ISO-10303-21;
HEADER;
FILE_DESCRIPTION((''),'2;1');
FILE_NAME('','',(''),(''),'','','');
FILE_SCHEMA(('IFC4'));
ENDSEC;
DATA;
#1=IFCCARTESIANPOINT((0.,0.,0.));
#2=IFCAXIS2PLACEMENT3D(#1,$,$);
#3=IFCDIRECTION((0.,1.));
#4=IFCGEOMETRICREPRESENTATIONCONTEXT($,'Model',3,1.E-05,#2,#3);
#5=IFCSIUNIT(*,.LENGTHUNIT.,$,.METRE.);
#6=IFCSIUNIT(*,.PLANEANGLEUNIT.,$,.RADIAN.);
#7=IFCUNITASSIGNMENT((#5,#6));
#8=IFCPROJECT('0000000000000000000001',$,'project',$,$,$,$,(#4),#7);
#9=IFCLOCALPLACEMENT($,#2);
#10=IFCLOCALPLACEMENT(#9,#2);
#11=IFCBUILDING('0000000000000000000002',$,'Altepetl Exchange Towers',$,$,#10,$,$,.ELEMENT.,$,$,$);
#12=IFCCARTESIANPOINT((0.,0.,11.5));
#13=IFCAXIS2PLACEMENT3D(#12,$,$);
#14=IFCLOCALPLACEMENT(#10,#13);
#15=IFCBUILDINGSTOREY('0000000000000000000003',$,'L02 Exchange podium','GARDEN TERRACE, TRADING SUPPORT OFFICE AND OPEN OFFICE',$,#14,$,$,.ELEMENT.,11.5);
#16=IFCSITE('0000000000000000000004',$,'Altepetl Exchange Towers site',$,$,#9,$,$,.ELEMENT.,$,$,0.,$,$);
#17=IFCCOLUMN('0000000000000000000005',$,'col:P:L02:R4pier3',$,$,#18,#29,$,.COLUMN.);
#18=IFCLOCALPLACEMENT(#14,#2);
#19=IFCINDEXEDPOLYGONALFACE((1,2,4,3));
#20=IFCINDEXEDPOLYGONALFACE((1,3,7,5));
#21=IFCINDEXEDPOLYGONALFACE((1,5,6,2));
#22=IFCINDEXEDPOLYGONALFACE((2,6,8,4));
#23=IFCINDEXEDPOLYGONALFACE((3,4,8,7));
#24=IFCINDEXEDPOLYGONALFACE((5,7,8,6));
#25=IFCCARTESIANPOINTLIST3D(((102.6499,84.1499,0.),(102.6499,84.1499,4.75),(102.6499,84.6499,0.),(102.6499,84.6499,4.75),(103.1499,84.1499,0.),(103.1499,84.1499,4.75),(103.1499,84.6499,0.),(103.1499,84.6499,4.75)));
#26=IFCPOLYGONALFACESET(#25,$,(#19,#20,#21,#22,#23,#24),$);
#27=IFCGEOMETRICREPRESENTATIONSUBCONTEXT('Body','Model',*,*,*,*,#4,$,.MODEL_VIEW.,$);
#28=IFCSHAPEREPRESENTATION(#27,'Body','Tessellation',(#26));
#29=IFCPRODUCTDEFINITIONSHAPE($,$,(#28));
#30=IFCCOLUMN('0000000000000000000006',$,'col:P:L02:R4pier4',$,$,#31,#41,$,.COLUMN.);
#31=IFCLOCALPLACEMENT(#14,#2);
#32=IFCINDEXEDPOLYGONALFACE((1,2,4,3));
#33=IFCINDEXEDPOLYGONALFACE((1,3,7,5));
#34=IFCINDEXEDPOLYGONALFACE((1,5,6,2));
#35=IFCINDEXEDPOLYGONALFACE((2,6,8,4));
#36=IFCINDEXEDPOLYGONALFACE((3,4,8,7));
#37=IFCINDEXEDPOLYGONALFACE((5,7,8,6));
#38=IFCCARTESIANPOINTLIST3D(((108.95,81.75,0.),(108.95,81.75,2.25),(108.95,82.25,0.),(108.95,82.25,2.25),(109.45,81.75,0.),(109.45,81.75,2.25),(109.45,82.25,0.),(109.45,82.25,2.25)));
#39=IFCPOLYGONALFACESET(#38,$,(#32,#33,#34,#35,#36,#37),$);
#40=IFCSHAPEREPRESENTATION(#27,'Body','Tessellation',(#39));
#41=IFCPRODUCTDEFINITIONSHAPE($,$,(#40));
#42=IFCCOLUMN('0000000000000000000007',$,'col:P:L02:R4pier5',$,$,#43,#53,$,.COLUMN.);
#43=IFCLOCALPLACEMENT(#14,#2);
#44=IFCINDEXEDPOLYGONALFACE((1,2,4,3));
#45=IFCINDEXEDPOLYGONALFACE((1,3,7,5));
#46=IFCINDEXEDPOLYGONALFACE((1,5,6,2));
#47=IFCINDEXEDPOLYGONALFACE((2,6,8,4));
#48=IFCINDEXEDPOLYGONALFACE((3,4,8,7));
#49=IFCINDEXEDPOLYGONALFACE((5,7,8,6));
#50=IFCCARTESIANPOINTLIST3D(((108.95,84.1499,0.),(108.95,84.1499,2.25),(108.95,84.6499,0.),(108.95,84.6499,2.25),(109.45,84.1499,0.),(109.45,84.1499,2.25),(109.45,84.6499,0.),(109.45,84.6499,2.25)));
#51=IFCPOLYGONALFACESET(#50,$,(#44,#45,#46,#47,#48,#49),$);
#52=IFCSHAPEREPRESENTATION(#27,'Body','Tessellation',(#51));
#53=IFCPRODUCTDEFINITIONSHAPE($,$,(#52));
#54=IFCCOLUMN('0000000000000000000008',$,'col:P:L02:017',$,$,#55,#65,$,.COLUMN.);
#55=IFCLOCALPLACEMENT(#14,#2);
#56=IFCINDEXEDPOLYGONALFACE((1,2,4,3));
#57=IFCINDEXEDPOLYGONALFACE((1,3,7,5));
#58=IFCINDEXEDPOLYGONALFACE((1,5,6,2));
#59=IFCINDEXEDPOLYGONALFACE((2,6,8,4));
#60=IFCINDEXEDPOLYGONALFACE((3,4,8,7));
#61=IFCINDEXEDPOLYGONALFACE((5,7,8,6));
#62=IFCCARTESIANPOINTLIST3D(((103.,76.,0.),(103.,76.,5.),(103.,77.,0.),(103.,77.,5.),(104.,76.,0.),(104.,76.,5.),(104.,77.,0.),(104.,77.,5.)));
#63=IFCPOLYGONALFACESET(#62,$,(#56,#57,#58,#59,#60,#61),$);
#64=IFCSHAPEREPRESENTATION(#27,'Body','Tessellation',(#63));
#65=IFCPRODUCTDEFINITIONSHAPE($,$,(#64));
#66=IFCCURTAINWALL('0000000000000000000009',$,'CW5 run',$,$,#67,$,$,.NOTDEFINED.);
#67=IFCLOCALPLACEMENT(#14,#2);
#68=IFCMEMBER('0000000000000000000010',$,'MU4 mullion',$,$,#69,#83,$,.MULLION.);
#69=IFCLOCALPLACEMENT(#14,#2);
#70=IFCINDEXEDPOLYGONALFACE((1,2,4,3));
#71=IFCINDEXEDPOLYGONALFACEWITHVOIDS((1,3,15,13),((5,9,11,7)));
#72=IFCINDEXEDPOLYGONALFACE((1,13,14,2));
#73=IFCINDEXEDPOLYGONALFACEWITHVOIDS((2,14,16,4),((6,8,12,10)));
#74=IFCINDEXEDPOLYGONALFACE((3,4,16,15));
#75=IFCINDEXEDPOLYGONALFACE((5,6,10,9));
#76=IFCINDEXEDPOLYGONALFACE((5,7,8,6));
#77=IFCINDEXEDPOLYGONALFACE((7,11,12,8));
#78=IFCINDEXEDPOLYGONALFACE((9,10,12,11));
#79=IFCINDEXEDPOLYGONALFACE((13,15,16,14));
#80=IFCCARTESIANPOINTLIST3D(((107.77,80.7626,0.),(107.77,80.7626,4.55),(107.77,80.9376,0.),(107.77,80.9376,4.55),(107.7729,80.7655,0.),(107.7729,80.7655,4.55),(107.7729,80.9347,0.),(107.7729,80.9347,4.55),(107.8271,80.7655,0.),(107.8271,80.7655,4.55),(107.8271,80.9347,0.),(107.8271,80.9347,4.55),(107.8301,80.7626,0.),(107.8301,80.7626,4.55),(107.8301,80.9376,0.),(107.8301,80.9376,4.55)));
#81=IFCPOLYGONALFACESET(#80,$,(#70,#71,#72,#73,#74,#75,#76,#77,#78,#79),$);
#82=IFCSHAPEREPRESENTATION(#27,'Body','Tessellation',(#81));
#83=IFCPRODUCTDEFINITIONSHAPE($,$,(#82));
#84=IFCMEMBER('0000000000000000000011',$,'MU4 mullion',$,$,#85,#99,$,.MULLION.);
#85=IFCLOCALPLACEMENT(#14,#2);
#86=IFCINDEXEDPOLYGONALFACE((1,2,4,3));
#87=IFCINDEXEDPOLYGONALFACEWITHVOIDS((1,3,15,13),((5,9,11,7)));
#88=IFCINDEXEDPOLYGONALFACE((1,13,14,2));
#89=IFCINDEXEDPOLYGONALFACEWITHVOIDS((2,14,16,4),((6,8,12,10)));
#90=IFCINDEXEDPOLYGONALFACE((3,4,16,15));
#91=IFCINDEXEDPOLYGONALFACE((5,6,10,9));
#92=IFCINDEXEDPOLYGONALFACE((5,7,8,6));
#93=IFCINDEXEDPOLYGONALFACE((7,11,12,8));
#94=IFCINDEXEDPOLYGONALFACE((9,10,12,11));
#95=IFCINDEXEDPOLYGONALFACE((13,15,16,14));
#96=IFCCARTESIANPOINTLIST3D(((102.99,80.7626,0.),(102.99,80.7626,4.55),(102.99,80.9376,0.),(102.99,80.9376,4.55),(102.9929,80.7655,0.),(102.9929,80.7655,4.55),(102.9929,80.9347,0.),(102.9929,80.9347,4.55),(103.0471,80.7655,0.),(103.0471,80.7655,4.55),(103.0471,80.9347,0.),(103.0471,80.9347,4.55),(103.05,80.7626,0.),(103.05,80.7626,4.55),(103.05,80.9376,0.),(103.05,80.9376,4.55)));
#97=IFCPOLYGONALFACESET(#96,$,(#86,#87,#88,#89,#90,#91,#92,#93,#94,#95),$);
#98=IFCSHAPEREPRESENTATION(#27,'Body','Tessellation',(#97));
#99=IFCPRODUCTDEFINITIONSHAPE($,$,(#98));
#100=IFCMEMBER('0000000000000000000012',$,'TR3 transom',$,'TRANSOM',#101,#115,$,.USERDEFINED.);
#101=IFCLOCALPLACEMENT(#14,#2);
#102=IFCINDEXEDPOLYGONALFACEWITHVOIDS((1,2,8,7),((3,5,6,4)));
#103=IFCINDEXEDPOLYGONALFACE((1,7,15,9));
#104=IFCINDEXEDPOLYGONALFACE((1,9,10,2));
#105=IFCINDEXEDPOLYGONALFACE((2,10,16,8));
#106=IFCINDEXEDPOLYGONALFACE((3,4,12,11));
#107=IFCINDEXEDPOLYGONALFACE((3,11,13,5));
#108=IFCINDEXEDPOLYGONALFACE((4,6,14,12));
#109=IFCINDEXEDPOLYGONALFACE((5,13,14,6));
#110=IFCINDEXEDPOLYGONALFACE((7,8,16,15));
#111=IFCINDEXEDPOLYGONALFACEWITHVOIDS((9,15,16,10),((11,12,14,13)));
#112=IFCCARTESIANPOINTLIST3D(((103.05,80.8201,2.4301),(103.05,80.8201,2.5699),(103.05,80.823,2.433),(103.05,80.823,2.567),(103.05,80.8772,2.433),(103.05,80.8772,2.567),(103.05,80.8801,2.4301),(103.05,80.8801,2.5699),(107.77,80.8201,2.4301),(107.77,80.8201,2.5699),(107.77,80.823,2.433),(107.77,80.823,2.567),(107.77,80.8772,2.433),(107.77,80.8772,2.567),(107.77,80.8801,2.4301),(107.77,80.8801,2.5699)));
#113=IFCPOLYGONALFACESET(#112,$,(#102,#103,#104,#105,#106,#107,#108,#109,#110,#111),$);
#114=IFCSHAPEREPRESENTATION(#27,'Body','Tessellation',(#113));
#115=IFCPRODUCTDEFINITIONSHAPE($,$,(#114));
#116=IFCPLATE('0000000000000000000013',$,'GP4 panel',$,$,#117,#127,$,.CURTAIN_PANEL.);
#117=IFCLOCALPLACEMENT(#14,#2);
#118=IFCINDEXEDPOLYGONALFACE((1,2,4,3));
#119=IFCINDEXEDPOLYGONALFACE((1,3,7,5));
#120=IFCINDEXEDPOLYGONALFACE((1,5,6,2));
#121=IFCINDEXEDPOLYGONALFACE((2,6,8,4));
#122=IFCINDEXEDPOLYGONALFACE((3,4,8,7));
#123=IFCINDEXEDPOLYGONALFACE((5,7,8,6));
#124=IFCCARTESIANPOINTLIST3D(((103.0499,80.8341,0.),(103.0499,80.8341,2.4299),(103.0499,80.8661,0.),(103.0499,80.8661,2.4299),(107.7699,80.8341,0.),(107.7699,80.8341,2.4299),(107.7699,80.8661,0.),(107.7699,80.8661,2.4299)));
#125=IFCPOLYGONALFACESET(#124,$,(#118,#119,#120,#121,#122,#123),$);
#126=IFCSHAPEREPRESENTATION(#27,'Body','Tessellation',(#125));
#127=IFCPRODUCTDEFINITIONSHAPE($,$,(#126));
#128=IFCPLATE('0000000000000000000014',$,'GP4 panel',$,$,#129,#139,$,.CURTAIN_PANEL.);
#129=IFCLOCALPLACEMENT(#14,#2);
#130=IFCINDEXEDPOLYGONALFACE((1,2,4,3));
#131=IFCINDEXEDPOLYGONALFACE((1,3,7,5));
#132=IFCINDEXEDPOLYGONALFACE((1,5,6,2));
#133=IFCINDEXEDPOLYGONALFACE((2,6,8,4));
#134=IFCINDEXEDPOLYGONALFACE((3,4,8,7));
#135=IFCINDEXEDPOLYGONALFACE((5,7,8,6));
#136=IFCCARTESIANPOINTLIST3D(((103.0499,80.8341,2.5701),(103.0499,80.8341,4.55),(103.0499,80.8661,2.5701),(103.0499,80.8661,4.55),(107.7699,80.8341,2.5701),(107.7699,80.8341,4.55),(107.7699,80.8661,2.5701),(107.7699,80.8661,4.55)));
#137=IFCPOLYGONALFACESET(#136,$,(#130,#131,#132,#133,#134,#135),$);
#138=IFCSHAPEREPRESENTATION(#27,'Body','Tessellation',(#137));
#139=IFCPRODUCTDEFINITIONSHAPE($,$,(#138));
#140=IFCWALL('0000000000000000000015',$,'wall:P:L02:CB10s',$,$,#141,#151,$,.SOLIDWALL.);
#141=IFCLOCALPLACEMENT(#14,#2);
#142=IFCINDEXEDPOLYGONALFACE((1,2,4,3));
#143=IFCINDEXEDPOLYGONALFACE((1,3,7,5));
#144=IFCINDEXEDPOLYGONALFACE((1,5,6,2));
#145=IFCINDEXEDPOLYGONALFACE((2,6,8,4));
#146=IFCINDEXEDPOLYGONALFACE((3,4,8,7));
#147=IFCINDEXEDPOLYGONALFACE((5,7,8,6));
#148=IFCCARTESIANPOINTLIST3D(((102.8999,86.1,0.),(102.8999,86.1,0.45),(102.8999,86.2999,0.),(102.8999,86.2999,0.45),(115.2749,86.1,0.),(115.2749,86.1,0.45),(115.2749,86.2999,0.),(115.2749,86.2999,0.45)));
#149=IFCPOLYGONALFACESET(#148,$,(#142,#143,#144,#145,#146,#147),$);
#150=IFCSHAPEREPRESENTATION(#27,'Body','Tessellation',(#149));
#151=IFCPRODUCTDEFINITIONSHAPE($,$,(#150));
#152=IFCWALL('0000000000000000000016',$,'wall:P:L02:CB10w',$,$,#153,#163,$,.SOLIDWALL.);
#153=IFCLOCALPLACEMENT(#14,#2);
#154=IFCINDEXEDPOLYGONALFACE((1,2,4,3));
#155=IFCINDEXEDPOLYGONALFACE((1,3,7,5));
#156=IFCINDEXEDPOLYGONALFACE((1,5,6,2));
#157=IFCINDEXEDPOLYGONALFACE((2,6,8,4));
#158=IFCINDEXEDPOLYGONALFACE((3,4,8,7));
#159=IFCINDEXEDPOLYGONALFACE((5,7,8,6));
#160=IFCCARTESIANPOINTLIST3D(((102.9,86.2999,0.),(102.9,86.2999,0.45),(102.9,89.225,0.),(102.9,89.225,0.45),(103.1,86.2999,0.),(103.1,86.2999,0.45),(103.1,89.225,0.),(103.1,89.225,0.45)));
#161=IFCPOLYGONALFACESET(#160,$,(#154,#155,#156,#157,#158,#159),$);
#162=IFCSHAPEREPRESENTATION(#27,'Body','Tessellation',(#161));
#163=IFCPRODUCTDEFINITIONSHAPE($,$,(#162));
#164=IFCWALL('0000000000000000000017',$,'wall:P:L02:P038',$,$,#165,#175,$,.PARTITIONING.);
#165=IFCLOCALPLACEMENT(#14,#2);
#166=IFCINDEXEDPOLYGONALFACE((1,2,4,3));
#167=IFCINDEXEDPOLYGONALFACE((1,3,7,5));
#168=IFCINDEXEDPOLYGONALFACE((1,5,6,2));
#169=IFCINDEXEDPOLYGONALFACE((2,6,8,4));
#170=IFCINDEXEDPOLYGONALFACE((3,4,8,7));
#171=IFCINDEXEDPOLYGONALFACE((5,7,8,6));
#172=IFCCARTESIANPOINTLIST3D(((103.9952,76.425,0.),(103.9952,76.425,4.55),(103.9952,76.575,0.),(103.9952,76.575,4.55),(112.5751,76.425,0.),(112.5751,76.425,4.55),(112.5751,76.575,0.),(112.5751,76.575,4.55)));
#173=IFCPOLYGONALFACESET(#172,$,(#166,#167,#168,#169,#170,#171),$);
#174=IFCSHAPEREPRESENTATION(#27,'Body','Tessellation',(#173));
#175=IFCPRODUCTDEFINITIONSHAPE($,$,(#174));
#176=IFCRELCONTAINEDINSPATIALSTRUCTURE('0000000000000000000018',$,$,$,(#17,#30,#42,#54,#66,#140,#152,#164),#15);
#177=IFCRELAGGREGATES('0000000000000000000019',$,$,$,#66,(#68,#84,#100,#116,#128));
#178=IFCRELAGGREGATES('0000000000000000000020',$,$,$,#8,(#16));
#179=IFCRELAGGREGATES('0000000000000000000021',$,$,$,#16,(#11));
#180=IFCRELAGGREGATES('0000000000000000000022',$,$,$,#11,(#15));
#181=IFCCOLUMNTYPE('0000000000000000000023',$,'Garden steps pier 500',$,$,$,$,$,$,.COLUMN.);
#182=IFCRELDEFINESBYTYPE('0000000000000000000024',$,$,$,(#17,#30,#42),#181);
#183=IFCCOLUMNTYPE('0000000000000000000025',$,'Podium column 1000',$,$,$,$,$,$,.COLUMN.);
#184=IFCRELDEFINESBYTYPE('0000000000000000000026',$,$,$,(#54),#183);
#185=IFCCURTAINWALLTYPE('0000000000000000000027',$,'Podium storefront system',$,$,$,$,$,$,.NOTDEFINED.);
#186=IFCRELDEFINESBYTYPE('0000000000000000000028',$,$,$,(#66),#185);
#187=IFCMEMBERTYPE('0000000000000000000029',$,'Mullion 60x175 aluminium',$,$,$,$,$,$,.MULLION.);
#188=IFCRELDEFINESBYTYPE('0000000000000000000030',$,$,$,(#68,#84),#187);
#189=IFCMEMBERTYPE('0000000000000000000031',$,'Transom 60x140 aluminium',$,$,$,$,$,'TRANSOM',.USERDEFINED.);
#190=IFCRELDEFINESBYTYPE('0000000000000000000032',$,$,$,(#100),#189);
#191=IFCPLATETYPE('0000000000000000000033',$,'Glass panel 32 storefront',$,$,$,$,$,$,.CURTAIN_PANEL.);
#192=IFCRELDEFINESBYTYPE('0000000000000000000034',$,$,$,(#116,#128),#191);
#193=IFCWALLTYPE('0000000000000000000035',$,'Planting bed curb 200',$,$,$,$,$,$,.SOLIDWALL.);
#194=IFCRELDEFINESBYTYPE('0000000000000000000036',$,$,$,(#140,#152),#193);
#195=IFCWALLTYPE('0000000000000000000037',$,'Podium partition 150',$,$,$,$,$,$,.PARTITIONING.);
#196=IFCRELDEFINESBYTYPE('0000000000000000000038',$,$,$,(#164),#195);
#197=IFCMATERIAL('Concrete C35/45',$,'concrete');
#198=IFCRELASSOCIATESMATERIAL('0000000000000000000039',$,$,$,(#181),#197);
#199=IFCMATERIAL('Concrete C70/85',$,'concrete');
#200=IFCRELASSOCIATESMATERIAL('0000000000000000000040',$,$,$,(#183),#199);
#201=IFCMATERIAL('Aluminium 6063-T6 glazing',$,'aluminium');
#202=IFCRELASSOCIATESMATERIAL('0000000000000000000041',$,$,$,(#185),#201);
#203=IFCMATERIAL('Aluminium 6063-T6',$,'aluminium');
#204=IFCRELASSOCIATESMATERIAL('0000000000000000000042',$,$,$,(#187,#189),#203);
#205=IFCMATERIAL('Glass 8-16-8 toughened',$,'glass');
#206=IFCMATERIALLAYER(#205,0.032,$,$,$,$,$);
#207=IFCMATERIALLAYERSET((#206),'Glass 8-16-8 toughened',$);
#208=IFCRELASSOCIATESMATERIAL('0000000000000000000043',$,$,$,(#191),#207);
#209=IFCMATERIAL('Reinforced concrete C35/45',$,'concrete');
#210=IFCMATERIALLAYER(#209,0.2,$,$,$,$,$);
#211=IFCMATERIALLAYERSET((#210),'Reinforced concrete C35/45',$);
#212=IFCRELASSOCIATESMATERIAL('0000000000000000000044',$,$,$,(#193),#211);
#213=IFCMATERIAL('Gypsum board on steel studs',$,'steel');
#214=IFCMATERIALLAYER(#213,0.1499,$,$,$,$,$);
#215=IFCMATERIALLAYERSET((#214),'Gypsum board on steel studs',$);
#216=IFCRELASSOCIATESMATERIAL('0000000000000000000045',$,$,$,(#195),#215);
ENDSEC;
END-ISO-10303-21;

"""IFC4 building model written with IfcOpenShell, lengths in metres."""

from ifc_helpers import new_model, si_unit, direction, frame, frame_2d, origin, origin_2d, place, context, subcontext, project, spatial, rectangle, hollow_rectangle, extrude, material, layer, layer_set, material_profile, profile_set, type_object, element, aggregate, save


model = new_model("IFC4")

# Units and contexts
model_context = context("Model", 3, precision=1e-05, world=origin(), true_north=direction((0.0, 1.0)))
body_context = subcontext(model_context, "Body", "Model", "MODEL_VIEW")
ifc_project = project(units=[si_unit("LENGTHUNIT", "METRE"), si_unit("PLANEANGLEUNIT", "RADIAN")], contexts=[model_context])

# Site, building, storey
site_placement = place(None, origin())
site = spatial("IfcSite", under=ifc_project, at=site_placement, Name="Altepetl Exchange Towers site", CompositionType="ELEMENT", RefElevation=0.0)
building_placement = place(site_placement, origin())
building = spatial("IfcBuilding", under=site, at=building_placement, Name="Altepetl Exchange Towers", CompositionType="ELEMENT")
storey_placement = place(building_placement, frame((0.0, 0.0, 11.5)))
storey = spatial("IfcBuildingStorey", under=building, at=storey_placement, Name="L02 Exchange podium", Description="GARDEN TERRACE, TRADING SUPPORT OFFICE AND OPEN OFFICE", CompositionType="ELEMENT", Elevation=11.5)

# Columns
ifc_material_1 = material(Name="Concrete C35/45", Category="concrete")
ifc_material_profile_1 = material_profile(ifc_material_1, rectangle(XDim=0.5, YDim=0.5, at=origin_2d()), Name="500 x 500")
ifc_profile_set_1 = profile_set([ifc_material_profile_1], Name="Concrete C35/45")
column_type_1 = type_object("IfcColumnType", Name="Garden steps pier 500", PredefinedType="COLUMN", material=ifc_profile_set_1)
column_1_placement = place(storey_placement, frame((102.8999, 84.3999, 0.0)))
element("IfcColumn", 1, at=column_1_placement, inside=storey, type_object=column_type_1, Name="col:P:L02:R4pier3", PredefinedType="COLUMN", context=body_context, shape_type="SweptSolid", body=[
    extrude(rectangle(XDim=0.5, YDim=0.5, at=origin_2d()), origin(), (0.0, 0.0, 1.0), 4.75),
])
for number, where, name in (
    (2, (109.2, 82.0, 0.0), "col:P:L02:R4pier4"),
    (3, (109.2, 84.3999, 0.0), "col:P:L02:R4pier5"),
):
    element("IfcColumn", number, at=place(storey_placement, frame(where)), inside=storey, type_object=column_type_1, Name=name, PredefinedType="COLUMN", context=body_context, shape_type="SweptSolid", body=[
        extrude(rectangle(XDim=0.5, YDim=0.5, at=origin_2d()), origin(), (0.0, 0.0, 1.0), 2.25),
    ])
ifc_material_2 = material(Name="Concrete C70/85", Category="concrete")
ifc_material_profile_2 = material_profile(ifc_material_2, rectangle(XDim=1.0, YDim=1.0, at=origin_2d()), Name="1000 x 1000")
ifc_profile_set_2 = profile_set([ifc_material_profile_2], Name="Concrete C70/85")
column_type_2 = type_object("IfcColumnType", Name="Podium column 1000", PredefinedType="COLUMN", material=ifc_profile_set_2)
column_2_placement = place(storey_placement, frame((103.5, 76.5, 0.0)))
element("IfcColumn", 4, at=column_2_placement, inside=storey, type_object=column_type_2, Name="col:P:L02:017", PredefinedType="COLUMN", context=body_context, shape_type="SweptSolid", body=[
    extrude(rectangle(XDim=1.0, YDim=1.0, at=origin_2d()), origin(), (0.0, 0.0, 1.0), 5.0),
])

# Curtain wall, members, plates
ifc_material_3 = material(Name="Aluminium 6063-T6 glazing", Category="aluminium")
curtain_wall_type = type_object("IfcCurtainWallType", Name="Podium storefront system", PredefinedType="NOTDEFINED", material=ifc_material_3)
curtain_wall_placement = place(storey_placement, origin())
curtain_wall = element("IfcCurtainWall", 5, at=curtain_wall_placement, inside=storey, type_object=curtain_wall_type, Name="CW5 run", PredefinedType="NOTDEFINED")
ifc_material_4 = material(Name="Aluminium 6063-T6", Category="aluminium")
ifc_material_profile_3 = material_profile(ifc_material_4, hollow_rectangle(XDim=0.0601, YDim=0.175, WallThickness=0.0029, at=origin_2d()), Name="Mullion 60x175 aluminium")
ifc_profile_set_3 = profile_set([ifc_material_profile_3], Name="Aluminium 6063-T6")
member_type_1 = type_object("IfcMemberType", Name="Mullion 60x175 aluminium", PredefinedType="MULLION", material=ifc_profile_set_3)
member_1_placement = place(storey_placement, frame((107.8, 80.8501, 0.0), z_axis=(0.0, 0.0, 1.0), x_axis=(-1.0, 0.0, 0.0)))
member_1 = element("IfcMember", 6, at=member_1_placement, type_object=member_type_1, Name="MU4 mullion", PredefinedType="MULLION", context=body_context, shape_type="SweptSolid", body=[
    extrude(hollow_rectangle(XDim=0.0601, YDim=0.175, WallThickness=0.0029, at=origin_2d()), origin(), (0.0, 0.0, 1.0), 4.55),
])
member_2_placement = place(storey_placement, frame((103.02, 80.8501, 0.0), z_axis=(0.0, 0.0, 1.0), x_axis=(-1.0, 0.0, 0.0)))
member_2 = element("IfcMember", 7, at=member_2_placement, type_object=member_type_1, Name="MU4 mullion", PredefinedType="MULLION", context=body_context, shape_type="SweptSolid", body=[
    extrude(hollow_rectangle(XDim=0.0601, YDim=0.175, WallThickness=0.0029, at=origin_2d()), origin(), (0.0, 0.0, 1.0), 4.55),
])
ifc_material_profile_4 = material_profile(ifc_material_4, hollow_rectangle(XDim=0.0601, YDim=0.1399, WallThickness=0.0029, at=origin_2d()), Name="Transom 60x140 aluminium")
ifc_profile_set_4 = profile_set([ifc_material_profile_4], Name="Aluminium 6063-T6")
member_type_2 = type_object("IfcMemberType", Name="Transom 60x140 aluminium", ElementType="TRANSOM", PredefinedType="USERDEFINED", material=ifc_profile_set_4)
member_3_placement = place(storey_placement, frame((107.77, 80.8501, 2.5), z_axis=(-1.0, 0.0, 0.0), x_axis=(0.0, -1.0, 0.0)))
member_3 = element("IfcMember", 8, at=member_3_placement, type_object=member_type_2, Name="TR3 transom", ObjectType="TRANSOM", PredefinedType="USERDEFINED", context=body_context, shape_type="SweptSolid", body=[
    extrude(hollow_rectangle(XDim=0.0601, YDim=0.1399, WallThickness=0.0029, at=origin_2d()), origin(), (0.0, 0.0, 1.0), 4.72),
])
ifc_material_5 = material(Name="Glass 8-16-8 toughened", Category="glass")
ifc_layer_1 = layer(ifc_material_5, 0.032)
ifc_layer_set_1 = layer_set([ifc_layer_1], Name="Glass 8-16-8 toughened")
plate_type = type_object("IfcPlateType", Name="Glass panel 32 storefront", PredefinedType="CURTAIN_PANEL", material=ifc_layer_set_1)
plate_1_placement = place(storey_placement, frame((105.4099, 80.8501, 0.0), z_axis=(0.0, 0.0, 1.0), x_axis=(-1.0, 0.0, 0.0)))
plate_1 = element("IfcPlate", 9, at=plate_1_placement, type_object=plate_type, Name="GP4 panel", PredefinedType="CURTAIN_PANEL", context=body_context, shape_type="SweptSolid", body=[
    extrude(rectangle(XDim=4.72, YDim=0.032, at=origin_2d()), origin(), (0.0, 0.0, 1.0), 2.4299),
])
plate_2_placement = place(storey_placement, frame((105.4099, 80.8501, 2.5701), z_axis=(0.0, 0.0, 1.0), x_axis=(-1.0, 0.0, 0.0)))
plate_2 = element("IfcPlate", 10, at=plate_2_placement, type_object=plate_type, Name="GP4 panel", PredefinedType="CURTAIN_PANEL", context=body_context, shape_type="SweptSolid", body=[
    extrude(rectangle(XDim=4.72, YDim=0.032, at=origin_2d()), origin(), (0.0, 0.0, 1.0), 1.98),
])
aggregate(curtain_wall, [member_1, member_2, member_3, plate_1, plate_2])

# Walls
ifc_material_6 = material(Name="Reinforced concrete C35/45", Category="concrete")
ifc_layer_2 = layer(ifc_material_6, 0.2)
ifc_layer_set_2 = layer_set([ifc_layer_2], Name="Reinforced concrete C35/45")
wall_type_1 = type_object("IfcWallType", Name="Planting bed curb 200", PredefinedType="SOLIDWALL", material=ifc_layer_set_2)
wall_1_placement = place(storey_placement, frame((102.8999, 86.2, 0.0)))
element("IfcWall", 11, at=wall_1_placement, inside=storey, type_object=wall_type_1, Name="wall:P:L02:CB10s", PredefinedType="SOLIDWALL", context=body_context, shape_type="SweptSolid", body=[
    extrude(rectangle(XDim=12.375, YDim=0.2, at=frame_2d((6.1875, 0.0))), origin(), (0.0, 0.0, 1.0), 0.45),
])
wall_2_placement = place(storey_placement, frame((103.0, 86.3, 0.0), z_axis=(0.0, 0.0, 1.0), x_axis=(0.0, 1.0, 0.0)))
element("IfcWall", 12, at=wall_2_placement, inside=storey, type_object=wall_type_1, Name="wall:P:L02:CB10w", PredefinedType="SOLIDWALL", context=body_context, shape_type="SweptSolid", body=[
    extrude(rectangle(XDim=2.925, YDim=0.2, at=frame_2d((1.4624, 0.0))), origin(), (0.0, 0.0, 1.0), 0.45),
])
ifc_material_7 = material(Name="Gypsum board on steel studs", Category="steel")
ifc_layer_3 = layer(ifc_material_7, 0.1499)
ifc_layer_set_3 = layer_set([ifc_layer_3], Name="Gypsum board on steel studs")
wall_type_2 = type_object("IfcWallType", Name="Podium partition 150", PredefinedType="PARTITIONING", material=ifc_layer_set_3)
wall_3_placement = place(storey_placement, frame((103.9951, 76.5, 0.0)))
element("IfcWall", 13, at=wall_3_placement, inside=storey, type_object=wall_type_2, Name="wall:P:L02:P038", PredefinedType="PARTITIONING", context=body_context, shape_type="SweptSolid", body=[
    extrude(rectangle(XDim=8.5798, YDim=0.1499, at=frame_2d((4.29, 0.0))), origin(), (0.0, 0.0, 1.0), 4.55),
])

save(model, "model.ifc")
